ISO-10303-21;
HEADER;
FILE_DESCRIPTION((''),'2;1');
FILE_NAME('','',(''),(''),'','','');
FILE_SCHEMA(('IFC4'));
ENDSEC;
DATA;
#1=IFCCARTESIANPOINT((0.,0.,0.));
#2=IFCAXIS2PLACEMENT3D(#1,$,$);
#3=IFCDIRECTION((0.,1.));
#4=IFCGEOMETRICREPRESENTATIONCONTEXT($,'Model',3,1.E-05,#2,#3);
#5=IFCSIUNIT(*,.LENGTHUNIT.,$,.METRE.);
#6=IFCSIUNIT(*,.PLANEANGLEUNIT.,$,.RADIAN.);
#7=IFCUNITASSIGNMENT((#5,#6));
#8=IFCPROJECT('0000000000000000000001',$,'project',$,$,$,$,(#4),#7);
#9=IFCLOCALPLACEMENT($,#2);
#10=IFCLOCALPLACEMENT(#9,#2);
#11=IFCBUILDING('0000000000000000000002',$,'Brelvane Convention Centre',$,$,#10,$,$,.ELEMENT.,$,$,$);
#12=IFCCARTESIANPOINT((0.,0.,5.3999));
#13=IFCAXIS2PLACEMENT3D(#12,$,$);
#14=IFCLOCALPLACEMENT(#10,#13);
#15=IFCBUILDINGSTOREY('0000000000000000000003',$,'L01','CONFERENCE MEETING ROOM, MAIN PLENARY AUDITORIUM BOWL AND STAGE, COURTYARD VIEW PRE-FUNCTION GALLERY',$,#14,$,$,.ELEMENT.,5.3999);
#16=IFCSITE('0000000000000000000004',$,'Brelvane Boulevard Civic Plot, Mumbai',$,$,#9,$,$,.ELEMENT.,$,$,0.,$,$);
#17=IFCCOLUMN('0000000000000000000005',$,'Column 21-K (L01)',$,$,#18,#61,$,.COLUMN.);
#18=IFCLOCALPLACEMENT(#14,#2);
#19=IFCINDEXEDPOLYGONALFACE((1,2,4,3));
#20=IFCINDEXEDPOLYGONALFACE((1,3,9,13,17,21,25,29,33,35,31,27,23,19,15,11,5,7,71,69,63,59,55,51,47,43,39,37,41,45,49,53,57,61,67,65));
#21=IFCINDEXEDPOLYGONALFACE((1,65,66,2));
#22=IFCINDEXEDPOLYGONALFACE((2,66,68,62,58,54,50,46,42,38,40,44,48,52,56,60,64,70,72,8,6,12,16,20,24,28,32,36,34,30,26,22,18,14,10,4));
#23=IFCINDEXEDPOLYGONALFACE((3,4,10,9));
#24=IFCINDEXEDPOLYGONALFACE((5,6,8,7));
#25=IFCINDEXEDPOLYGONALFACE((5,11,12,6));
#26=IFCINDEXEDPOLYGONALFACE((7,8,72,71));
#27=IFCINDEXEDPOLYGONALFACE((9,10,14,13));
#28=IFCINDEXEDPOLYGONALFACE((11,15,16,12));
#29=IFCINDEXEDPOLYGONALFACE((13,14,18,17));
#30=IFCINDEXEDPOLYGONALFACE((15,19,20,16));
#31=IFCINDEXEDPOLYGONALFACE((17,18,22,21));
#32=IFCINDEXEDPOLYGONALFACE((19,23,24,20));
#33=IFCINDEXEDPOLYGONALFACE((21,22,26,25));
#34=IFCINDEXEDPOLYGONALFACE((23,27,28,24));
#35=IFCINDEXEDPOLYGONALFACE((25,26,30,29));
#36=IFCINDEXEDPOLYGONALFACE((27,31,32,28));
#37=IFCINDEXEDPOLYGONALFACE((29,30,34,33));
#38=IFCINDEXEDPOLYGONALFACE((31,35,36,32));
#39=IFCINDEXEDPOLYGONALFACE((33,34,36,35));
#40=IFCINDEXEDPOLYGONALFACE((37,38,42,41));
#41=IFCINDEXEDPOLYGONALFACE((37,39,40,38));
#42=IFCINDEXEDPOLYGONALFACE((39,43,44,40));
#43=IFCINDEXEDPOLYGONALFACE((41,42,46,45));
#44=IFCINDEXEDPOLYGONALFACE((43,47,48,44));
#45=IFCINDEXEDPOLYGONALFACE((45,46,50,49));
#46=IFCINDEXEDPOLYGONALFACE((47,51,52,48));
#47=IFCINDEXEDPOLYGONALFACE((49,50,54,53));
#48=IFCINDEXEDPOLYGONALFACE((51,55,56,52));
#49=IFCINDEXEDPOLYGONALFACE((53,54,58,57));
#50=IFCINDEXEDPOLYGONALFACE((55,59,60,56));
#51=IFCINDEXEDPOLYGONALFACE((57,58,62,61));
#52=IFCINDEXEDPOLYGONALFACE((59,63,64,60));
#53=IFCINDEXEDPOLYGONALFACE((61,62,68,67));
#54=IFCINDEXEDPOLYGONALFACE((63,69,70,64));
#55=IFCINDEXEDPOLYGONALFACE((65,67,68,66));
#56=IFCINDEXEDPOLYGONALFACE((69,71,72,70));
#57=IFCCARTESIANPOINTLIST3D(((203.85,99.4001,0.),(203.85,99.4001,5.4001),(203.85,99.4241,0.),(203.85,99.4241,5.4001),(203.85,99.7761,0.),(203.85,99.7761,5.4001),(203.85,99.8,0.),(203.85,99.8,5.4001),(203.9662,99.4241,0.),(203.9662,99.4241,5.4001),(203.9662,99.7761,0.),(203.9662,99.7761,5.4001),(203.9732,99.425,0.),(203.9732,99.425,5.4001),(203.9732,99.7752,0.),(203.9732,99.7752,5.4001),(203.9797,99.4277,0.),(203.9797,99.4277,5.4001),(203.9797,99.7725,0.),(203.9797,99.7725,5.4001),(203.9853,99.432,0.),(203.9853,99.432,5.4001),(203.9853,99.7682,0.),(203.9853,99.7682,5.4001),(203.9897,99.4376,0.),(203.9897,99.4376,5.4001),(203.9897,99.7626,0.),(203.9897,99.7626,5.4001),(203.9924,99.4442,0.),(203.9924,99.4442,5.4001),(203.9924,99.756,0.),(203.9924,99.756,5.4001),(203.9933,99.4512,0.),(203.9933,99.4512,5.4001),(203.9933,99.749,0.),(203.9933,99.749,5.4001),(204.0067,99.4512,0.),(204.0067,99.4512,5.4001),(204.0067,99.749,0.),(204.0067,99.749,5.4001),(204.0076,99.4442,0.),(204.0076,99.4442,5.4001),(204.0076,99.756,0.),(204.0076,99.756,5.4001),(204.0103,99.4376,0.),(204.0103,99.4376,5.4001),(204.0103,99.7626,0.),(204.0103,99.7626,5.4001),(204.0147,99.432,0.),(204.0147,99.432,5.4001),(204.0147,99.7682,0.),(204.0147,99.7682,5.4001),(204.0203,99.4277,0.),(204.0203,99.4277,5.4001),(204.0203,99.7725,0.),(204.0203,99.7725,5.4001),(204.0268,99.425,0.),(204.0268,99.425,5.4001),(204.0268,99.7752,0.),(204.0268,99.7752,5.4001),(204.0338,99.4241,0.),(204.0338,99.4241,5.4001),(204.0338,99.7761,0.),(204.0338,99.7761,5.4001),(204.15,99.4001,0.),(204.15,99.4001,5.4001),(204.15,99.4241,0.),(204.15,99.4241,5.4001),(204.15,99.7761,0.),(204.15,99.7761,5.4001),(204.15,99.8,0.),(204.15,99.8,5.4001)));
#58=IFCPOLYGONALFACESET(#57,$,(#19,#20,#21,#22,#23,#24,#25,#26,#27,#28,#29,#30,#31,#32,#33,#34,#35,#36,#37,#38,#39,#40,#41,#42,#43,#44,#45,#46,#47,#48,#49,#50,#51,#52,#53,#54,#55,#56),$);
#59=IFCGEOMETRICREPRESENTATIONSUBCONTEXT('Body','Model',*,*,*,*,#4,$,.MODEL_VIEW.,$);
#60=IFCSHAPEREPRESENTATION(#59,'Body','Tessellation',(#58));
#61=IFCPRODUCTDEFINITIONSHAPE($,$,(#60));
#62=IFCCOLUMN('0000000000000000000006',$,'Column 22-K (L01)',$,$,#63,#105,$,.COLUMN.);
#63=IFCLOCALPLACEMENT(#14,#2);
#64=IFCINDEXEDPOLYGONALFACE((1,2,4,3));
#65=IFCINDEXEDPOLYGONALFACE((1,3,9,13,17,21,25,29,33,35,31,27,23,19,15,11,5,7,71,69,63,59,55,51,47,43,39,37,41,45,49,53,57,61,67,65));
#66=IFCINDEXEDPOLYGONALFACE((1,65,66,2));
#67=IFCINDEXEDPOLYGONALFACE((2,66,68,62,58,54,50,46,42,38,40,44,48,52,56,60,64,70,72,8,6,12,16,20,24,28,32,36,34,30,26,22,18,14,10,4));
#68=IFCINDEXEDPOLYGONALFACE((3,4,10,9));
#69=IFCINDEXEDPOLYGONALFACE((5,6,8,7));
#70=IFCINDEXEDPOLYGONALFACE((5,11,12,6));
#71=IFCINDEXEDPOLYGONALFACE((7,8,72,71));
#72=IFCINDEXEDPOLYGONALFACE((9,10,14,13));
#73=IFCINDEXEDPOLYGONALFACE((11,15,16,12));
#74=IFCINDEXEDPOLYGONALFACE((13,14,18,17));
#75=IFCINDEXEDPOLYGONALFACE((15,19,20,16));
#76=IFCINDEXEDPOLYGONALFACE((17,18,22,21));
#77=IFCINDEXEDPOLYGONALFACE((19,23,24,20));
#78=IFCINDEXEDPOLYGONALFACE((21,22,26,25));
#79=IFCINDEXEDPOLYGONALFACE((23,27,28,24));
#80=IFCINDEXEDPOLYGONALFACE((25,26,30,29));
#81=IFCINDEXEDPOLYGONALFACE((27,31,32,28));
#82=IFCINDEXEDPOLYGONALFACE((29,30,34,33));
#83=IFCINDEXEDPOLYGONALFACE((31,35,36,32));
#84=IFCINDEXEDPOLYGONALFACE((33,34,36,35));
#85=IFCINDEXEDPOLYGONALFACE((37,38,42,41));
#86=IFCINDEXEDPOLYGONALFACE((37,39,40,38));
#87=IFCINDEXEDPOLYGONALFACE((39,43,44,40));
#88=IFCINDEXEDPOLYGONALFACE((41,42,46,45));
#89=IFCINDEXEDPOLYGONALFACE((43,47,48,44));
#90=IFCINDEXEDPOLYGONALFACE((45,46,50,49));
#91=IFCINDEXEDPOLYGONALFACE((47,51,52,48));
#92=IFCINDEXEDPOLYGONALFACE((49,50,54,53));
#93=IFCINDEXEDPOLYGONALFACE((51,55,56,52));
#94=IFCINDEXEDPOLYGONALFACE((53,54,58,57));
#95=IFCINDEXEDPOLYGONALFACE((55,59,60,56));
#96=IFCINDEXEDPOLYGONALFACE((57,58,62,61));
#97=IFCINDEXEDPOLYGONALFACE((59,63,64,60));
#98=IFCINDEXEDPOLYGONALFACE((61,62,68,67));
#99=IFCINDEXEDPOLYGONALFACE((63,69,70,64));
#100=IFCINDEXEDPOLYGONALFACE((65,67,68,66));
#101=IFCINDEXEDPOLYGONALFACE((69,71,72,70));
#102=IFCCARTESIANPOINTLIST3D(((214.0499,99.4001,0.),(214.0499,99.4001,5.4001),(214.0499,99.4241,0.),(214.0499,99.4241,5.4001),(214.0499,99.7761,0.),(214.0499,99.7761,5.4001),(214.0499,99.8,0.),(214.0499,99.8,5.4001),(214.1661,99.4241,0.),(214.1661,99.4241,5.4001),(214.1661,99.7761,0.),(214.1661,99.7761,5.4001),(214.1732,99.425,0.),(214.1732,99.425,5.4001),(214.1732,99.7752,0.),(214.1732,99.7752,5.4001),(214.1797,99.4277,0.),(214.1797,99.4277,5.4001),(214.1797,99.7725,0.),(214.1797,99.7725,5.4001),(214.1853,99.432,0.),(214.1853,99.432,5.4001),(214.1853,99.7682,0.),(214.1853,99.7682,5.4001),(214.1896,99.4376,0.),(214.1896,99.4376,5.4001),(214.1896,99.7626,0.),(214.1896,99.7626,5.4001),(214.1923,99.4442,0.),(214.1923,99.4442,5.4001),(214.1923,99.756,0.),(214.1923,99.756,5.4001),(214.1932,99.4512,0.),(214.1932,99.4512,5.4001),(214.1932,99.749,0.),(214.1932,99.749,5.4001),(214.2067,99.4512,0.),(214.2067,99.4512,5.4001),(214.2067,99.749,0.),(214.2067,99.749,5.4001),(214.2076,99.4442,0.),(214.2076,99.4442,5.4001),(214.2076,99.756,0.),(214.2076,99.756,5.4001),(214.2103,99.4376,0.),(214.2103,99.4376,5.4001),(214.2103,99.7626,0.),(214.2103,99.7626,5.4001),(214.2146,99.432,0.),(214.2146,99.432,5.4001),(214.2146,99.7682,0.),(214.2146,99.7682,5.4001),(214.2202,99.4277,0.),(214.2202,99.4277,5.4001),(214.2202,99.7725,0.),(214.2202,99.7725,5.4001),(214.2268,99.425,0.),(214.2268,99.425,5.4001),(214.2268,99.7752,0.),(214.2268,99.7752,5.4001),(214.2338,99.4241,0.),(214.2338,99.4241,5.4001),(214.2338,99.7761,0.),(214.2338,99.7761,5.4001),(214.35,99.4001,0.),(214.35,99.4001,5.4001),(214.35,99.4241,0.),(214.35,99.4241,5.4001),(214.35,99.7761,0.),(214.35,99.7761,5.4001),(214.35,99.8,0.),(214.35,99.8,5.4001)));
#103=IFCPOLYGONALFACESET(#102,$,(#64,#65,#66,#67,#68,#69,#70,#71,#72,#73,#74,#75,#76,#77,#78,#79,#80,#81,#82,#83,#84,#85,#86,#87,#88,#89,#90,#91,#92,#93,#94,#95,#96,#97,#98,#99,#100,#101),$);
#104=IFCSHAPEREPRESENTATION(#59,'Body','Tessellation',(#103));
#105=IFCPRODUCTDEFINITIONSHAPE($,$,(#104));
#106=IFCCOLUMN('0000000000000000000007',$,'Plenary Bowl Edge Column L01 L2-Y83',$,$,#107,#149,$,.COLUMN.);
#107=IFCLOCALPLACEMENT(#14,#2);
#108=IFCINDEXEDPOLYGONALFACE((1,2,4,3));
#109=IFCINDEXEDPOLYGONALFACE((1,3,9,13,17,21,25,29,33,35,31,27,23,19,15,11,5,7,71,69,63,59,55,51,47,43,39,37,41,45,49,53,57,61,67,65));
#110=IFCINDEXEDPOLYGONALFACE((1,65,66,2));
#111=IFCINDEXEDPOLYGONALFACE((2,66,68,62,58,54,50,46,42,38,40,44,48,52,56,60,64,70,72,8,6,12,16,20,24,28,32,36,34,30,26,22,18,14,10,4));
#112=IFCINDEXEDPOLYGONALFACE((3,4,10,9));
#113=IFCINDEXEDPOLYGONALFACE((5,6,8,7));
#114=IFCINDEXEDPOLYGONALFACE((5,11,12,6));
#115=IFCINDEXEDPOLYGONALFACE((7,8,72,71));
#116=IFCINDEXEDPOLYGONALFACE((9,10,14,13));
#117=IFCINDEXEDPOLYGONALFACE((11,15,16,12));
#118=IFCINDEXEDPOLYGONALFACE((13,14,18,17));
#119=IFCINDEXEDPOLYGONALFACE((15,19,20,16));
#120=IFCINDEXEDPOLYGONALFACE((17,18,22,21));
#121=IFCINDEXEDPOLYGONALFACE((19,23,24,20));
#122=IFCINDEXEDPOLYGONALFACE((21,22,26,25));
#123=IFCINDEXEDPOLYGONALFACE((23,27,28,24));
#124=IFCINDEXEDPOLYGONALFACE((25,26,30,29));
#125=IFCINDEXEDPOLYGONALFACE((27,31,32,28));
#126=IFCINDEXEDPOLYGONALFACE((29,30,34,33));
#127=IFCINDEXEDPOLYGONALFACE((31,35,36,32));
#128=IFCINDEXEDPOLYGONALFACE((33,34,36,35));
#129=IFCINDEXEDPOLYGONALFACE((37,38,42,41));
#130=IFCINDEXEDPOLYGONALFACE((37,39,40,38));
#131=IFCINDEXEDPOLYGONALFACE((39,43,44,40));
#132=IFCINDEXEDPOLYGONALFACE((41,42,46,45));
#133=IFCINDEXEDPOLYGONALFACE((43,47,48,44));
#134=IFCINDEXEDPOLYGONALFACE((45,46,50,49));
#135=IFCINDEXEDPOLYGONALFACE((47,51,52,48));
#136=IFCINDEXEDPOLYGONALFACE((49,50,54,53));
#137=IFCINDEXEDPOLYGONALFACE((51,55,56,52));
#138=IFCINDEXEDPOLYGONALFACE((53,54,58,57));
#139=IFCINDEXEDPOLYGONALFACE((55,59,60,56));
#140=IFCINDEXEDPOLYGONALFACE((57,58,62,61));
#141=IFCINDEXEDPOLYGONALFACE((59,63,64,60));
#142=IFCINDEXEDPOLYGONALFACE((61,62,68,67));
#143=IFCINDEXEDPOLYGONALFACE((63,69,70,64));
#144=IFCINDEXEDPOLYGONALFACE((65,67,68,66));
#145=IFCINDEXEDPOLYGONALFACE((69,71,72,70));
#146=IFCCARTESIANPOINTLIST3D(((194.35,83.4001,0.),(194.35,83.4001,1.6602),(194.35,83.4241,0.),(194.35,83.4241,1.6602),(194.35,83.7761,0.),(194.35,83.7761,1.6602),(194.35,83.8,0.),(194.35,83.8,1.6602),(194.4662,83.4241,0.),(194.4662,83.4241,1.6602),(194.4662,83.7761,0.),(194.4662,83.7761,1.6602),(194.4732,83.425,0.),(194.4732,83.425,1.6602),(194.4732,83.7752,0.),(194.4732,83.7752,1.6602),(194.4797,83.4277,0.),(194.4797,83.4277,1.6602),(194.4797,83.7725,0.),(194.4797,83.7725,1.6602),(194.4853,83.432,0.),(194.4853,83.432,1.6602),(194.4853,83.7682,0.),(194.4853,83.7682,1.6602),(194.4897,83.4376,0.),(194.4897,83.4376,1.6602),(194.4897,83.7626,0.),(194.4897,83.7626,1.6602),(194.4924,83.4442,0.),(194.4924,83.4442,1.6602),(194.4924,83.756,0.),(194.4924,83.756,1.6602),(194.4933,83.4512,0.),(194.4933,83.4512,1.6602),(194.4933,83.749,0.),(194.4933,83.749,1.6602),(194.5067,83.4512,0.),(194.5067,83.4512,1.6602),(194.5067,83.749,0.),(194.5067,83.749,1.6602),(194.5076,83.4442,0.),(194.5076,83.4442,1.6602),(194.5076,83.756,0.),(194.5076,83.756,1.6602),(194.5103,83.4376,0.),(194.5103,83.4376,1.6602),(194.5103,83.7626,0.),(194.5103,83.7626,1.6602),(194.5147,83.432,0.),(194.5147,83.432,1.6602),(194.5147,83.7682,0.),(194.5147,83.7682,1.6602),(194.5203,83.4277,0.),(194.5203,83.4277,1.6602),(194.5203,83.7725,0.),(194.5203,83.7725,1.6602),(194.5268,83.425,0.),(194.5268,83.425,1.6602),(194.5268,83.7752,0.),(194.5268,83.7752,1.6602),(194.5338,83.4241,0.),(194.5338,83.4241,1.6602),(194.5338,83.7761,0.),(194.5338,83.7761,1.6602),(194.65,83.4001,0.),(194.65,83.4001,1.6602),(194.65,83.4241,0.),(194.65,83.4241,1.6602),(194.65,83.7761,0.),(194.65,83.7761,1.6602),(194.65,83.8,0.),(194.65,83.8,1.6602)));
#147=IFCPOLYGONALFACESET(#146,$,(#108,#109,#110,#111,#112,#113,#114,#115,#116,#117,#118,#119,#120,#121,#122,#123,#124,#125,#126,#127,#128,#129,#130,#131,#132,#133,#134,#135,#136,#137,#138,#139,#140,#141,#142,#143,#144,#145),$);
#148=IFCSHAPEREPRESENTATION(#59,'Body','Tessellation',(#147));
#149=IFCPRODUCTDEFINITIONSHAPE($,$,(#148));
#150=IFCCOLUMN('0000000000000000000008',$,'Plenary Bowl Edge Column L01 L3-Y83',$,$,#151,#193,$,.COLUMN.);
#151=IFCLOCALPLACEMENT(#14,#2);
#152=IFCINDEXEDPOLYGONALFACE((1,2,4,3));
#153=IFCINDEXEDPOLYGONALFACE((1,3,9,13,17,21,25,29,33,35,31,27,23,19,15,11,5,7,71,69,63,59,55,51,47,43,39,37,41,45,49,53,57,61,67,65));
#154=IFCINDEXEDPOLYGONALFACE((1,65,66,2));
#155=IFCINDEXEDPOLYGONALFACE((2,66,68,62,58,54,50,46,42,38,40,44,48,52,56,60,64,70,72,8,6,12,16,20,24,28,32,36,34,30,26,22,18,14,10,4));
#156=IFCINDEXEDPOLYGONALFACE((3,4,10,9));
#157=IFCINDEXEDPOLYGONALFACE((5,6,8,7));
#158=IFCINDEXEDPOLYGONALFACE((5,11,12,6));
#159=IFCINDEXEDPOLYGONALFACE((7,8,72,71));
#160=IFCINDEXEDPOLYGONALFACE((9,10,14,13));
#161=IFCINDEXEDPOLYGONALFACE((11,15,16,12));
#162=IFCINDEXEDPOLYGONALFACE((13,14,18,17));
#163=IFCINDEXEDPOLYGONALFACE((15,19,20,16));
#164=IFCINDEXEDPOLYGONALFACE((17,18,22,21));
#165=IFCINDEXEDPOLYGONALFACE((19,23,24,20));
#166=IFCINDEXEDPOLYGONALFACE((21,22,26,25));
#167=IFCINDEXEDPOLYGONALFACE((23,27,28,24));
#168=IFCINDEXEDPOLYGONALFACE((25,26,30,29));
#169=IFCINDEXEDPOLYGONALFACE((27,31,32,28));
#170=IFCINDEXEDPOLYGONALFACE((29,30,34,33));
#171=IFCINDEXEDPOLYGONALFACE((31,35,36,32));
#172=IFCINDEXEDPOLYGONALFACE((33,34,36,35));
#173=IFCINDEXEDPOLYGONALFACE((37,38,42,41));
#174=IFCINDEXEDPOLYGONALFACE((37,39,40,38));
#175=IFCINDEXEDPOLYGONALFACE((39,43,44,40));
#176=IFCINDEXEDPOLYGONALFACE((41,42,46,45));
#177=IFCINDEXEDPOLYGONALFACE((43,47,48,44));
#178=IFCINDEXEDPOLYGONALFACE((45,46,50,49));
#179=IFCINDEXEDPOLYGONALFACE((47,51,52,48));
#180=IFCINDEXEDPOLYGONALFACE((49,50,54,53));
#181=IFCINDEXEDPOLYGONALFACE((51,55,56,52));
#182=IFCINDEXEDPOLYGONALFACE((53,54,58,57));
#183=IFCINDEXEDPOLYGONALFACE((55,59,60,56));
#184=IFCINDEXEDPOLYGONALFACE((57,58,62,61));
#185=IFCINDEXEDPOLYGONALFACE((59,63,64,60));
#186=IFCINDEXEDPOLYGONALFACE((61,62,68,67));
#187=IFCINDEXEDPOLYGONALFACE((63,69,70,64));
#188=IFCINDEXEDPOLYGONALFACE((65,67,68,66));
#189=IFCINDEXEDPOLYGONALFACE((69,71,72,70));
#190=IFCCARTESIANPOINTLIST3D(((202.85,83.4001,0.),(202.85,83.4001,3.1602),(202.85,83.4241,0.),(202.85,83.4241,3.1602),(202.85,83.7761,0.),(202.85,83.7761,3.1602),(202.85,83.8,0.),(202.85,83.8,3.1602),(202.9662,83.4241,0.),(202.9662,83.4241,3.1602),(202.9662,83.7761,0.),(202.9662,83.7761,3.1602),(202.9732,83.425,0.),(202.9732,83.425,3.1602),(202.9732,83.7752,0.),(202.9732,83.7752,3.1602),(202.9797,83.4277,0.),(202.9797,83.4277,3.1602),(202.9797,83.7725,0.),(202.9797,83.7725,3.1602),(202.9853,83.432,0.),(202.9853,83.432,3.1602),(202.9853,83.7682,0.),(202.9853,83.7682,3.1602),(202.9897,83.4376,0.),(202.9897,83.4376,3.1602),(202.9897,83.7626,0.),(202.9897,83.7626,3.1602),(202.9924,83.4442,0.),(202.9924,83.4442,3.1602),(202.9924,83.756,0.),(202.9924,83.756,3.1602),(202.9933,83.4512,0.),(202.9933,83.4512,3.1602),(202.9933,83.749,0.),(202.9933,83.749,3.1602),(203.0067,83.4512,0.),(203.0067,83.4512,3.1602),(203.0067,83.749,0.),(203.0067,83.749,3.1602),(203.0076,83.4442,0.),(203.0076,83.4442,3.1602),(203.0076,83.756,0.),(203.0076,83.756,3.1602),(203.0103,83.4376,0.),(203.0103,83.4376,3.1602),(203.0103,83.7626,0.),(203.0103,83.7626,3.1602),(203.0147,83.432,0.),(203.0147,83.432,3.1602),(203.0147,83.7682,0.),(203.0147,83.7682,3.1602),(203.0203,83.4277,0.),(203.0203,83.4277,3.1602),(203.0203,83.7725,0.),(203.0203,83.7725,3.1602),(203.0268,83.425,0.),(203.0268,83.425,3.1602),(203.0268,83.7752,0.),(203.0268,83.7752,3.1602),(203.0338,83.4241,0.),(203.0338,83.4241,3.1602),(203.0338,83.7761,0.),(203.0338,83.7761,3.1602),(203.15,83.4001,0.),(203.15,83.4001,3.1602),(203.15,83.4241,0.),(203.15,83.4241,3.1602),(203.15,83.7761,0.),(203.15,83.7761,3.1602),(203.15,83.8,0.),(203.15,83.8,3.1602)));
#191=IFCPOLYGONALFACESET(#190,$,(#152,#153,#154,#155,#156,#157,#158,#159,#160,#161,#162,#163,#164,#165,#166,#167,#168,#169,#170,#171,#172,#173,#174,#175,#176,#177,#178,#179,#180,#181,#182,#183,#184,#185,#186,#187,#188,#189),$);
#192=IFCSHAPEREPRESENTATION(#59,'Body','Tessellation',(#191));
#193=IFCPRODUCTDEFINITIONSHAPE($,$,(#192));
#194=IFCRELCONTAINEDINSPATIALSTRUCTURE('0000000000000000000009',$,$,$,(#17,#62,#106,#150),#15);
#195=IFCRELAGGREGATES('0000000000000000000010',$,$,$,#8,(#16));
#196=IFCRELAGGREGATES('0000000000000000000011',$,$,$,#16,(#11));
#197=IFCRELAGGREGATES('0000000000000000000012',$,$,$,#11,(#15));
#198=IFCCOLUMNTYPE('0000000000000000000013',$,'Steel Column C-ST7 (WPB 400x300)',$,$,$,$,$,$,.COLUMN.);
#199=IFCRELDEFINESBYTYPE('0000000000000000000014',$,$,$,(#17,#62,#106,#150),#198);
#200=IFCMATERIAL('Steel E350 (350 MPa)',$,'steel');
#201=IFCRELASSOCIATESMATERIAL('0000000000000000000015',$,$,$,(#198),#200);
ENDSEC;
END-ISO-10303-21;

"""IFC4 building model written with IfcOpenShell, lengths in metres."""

from ifc_helpers import new_model, si_unit, direction, frame, origin, origin_2d, place, context, subcontext, project, spatial, i_section, extrude, material, material_profile, profile_set, type_object, element, save


model = new_model("IFC4")

# Units and contexts
model_context = context("Model", 3, precision=1e-05, world=origin(), true_north=direction((0.0, 1.0)))
body_context = subcontext(model_context, "Body", "Model", "MODEL_VIEW")
ifc_project = project(units=[si_unit("LENGTHUNIT", "METRE"), si_unit("PLANEANGLEUNIT", "RADIAN")], contexts=[model_context])

# Site, building, storey
site_placement = place(None, origin())
site = spatial("IfcSite", under=ifc_project, at=site_placement, Name="Brelvane Boulevard Civic Plot, Mumbai", CompositionType="ELEMENT", RefElevation=0.0)
building_placement = place(site_placement, origin())
building = spatial("IfcBuilding", under=site, at=building_placement, Name="Brelvane Convention Centre", CompositionType="ELEMENT")
storey_placement = place(building_placement, frame((0.0, 0.0, 5.3999)))
storey = spatial("IfcBuildingStorey", under=building, at=storey_placement, Name="L01", Description="CONFERENCE MEETING ROOM, MAIN PLENARY AUDITORIUM BOWL AND STAGE, COURTYARD VIEW PRE-FUNCTION GALLERY", CompositionType="ELEMENT", Elevation=5.3999)

# Columns
ifc_material_1 = material(Name="Steel E350 (350 MPa)", Category="steel")
ifc_material_profile_1 = material_profile(ifc_material_1, i_section(OverallWidth=0.3, OverallDepth=0.3999, WebThickness=0.0134, FlangeThickness=0.0239, FilletRadius=0.0271, at=origin_2d()), Name="WPB 400x300")
ifc_profile_set_1 = profile_set([ifc_material_profile_1], Name="Steel E350 (350 MPa)")
column_type_1 = type_object("IfcColumnType", Name="Steel Column C-ST7 (WPB 400x300)", PredefinedType="COLUMN", material=ifc_profile_set_1)
for number, where, z_axis, x_axis, name in (
    (1, (204.0, 99.6001, 0.0), (0.0, 0.0, 1.0), (1.0, 0.0, 0.0), "Column 21-K (L01)"),
    (2, (214.2, 99.6001, 0.0), (0.0, 0.0, 1.0), (1.0, 0.0, 0.0), "Column 22-K (L01)"),
):
    element("IfcColumn", number, at=place(storey_placement, frame(where, z_axis=z_axis, x_axis=x_axis)), inside=storey, type_object=column_type_1, Name=name, PredefinedType="COLUMN", context=body_context, shape_type="SweptSolid", body=[
        extrude(i_section(OverallWidth=0.3, OverallDepth=0.3999, WebThickness=0.0134, FlangeThickness=0.0239, FilletRadius=0.0271, at=origin_2d()), origin(), (0.0, 0.0, 1.0), 5.4001),
    ])
column_1_placement = place(storey_placement, frame((194.5, 83.6001, 0.0), z_axis=(0.0, 0.0, 1.0), x_axis=(1.0, 0.0, 0.0)))
element("IfcColumn", 3, at=column_1_placement, inside=storey, type_object=column_type_1, Name="Plenary Bowl Edge Column L01 L2-Y83", PredefinedType="COLUMN", context=body_context, shape_type="SweptSolid", body=[
    extrude(i_section(OverallWidth=0.3, OverallDepth=0.3999, WebThickness=0.0134, FlangeThickness=0.0239, FilletRadius=0.0271, at=origin_2d()), origin(), (0.0, 0.0, 1.0), 1.6602),
])
column_2_placement = place(storey_placement, frame((203.0, 83.6001, 0.0), z_axis=(0.0, 0.0, 1.0), x_axis=(1.0, 0.0, 0.0)))
element("IfcColumn", 4, at=column_2_placement, inside=storey, type_object=column_type_1, Name="Plenary Bowl Edge Column L01 L3-Y83", PredefinedType="COLUMN", context=body_context, shape_type="SweptSolid", body=[
    extrude(i_section(OverallWidth=0.3, OverallDepth=0.3999, WebThickness=0.0134, FlangeThickness=0.0239, FilletRadius=0.0271, at=origin_2d()), origin(), (0.0, 0.0, 1.0), 3.1602),
])

save(model, "model.ifc")
